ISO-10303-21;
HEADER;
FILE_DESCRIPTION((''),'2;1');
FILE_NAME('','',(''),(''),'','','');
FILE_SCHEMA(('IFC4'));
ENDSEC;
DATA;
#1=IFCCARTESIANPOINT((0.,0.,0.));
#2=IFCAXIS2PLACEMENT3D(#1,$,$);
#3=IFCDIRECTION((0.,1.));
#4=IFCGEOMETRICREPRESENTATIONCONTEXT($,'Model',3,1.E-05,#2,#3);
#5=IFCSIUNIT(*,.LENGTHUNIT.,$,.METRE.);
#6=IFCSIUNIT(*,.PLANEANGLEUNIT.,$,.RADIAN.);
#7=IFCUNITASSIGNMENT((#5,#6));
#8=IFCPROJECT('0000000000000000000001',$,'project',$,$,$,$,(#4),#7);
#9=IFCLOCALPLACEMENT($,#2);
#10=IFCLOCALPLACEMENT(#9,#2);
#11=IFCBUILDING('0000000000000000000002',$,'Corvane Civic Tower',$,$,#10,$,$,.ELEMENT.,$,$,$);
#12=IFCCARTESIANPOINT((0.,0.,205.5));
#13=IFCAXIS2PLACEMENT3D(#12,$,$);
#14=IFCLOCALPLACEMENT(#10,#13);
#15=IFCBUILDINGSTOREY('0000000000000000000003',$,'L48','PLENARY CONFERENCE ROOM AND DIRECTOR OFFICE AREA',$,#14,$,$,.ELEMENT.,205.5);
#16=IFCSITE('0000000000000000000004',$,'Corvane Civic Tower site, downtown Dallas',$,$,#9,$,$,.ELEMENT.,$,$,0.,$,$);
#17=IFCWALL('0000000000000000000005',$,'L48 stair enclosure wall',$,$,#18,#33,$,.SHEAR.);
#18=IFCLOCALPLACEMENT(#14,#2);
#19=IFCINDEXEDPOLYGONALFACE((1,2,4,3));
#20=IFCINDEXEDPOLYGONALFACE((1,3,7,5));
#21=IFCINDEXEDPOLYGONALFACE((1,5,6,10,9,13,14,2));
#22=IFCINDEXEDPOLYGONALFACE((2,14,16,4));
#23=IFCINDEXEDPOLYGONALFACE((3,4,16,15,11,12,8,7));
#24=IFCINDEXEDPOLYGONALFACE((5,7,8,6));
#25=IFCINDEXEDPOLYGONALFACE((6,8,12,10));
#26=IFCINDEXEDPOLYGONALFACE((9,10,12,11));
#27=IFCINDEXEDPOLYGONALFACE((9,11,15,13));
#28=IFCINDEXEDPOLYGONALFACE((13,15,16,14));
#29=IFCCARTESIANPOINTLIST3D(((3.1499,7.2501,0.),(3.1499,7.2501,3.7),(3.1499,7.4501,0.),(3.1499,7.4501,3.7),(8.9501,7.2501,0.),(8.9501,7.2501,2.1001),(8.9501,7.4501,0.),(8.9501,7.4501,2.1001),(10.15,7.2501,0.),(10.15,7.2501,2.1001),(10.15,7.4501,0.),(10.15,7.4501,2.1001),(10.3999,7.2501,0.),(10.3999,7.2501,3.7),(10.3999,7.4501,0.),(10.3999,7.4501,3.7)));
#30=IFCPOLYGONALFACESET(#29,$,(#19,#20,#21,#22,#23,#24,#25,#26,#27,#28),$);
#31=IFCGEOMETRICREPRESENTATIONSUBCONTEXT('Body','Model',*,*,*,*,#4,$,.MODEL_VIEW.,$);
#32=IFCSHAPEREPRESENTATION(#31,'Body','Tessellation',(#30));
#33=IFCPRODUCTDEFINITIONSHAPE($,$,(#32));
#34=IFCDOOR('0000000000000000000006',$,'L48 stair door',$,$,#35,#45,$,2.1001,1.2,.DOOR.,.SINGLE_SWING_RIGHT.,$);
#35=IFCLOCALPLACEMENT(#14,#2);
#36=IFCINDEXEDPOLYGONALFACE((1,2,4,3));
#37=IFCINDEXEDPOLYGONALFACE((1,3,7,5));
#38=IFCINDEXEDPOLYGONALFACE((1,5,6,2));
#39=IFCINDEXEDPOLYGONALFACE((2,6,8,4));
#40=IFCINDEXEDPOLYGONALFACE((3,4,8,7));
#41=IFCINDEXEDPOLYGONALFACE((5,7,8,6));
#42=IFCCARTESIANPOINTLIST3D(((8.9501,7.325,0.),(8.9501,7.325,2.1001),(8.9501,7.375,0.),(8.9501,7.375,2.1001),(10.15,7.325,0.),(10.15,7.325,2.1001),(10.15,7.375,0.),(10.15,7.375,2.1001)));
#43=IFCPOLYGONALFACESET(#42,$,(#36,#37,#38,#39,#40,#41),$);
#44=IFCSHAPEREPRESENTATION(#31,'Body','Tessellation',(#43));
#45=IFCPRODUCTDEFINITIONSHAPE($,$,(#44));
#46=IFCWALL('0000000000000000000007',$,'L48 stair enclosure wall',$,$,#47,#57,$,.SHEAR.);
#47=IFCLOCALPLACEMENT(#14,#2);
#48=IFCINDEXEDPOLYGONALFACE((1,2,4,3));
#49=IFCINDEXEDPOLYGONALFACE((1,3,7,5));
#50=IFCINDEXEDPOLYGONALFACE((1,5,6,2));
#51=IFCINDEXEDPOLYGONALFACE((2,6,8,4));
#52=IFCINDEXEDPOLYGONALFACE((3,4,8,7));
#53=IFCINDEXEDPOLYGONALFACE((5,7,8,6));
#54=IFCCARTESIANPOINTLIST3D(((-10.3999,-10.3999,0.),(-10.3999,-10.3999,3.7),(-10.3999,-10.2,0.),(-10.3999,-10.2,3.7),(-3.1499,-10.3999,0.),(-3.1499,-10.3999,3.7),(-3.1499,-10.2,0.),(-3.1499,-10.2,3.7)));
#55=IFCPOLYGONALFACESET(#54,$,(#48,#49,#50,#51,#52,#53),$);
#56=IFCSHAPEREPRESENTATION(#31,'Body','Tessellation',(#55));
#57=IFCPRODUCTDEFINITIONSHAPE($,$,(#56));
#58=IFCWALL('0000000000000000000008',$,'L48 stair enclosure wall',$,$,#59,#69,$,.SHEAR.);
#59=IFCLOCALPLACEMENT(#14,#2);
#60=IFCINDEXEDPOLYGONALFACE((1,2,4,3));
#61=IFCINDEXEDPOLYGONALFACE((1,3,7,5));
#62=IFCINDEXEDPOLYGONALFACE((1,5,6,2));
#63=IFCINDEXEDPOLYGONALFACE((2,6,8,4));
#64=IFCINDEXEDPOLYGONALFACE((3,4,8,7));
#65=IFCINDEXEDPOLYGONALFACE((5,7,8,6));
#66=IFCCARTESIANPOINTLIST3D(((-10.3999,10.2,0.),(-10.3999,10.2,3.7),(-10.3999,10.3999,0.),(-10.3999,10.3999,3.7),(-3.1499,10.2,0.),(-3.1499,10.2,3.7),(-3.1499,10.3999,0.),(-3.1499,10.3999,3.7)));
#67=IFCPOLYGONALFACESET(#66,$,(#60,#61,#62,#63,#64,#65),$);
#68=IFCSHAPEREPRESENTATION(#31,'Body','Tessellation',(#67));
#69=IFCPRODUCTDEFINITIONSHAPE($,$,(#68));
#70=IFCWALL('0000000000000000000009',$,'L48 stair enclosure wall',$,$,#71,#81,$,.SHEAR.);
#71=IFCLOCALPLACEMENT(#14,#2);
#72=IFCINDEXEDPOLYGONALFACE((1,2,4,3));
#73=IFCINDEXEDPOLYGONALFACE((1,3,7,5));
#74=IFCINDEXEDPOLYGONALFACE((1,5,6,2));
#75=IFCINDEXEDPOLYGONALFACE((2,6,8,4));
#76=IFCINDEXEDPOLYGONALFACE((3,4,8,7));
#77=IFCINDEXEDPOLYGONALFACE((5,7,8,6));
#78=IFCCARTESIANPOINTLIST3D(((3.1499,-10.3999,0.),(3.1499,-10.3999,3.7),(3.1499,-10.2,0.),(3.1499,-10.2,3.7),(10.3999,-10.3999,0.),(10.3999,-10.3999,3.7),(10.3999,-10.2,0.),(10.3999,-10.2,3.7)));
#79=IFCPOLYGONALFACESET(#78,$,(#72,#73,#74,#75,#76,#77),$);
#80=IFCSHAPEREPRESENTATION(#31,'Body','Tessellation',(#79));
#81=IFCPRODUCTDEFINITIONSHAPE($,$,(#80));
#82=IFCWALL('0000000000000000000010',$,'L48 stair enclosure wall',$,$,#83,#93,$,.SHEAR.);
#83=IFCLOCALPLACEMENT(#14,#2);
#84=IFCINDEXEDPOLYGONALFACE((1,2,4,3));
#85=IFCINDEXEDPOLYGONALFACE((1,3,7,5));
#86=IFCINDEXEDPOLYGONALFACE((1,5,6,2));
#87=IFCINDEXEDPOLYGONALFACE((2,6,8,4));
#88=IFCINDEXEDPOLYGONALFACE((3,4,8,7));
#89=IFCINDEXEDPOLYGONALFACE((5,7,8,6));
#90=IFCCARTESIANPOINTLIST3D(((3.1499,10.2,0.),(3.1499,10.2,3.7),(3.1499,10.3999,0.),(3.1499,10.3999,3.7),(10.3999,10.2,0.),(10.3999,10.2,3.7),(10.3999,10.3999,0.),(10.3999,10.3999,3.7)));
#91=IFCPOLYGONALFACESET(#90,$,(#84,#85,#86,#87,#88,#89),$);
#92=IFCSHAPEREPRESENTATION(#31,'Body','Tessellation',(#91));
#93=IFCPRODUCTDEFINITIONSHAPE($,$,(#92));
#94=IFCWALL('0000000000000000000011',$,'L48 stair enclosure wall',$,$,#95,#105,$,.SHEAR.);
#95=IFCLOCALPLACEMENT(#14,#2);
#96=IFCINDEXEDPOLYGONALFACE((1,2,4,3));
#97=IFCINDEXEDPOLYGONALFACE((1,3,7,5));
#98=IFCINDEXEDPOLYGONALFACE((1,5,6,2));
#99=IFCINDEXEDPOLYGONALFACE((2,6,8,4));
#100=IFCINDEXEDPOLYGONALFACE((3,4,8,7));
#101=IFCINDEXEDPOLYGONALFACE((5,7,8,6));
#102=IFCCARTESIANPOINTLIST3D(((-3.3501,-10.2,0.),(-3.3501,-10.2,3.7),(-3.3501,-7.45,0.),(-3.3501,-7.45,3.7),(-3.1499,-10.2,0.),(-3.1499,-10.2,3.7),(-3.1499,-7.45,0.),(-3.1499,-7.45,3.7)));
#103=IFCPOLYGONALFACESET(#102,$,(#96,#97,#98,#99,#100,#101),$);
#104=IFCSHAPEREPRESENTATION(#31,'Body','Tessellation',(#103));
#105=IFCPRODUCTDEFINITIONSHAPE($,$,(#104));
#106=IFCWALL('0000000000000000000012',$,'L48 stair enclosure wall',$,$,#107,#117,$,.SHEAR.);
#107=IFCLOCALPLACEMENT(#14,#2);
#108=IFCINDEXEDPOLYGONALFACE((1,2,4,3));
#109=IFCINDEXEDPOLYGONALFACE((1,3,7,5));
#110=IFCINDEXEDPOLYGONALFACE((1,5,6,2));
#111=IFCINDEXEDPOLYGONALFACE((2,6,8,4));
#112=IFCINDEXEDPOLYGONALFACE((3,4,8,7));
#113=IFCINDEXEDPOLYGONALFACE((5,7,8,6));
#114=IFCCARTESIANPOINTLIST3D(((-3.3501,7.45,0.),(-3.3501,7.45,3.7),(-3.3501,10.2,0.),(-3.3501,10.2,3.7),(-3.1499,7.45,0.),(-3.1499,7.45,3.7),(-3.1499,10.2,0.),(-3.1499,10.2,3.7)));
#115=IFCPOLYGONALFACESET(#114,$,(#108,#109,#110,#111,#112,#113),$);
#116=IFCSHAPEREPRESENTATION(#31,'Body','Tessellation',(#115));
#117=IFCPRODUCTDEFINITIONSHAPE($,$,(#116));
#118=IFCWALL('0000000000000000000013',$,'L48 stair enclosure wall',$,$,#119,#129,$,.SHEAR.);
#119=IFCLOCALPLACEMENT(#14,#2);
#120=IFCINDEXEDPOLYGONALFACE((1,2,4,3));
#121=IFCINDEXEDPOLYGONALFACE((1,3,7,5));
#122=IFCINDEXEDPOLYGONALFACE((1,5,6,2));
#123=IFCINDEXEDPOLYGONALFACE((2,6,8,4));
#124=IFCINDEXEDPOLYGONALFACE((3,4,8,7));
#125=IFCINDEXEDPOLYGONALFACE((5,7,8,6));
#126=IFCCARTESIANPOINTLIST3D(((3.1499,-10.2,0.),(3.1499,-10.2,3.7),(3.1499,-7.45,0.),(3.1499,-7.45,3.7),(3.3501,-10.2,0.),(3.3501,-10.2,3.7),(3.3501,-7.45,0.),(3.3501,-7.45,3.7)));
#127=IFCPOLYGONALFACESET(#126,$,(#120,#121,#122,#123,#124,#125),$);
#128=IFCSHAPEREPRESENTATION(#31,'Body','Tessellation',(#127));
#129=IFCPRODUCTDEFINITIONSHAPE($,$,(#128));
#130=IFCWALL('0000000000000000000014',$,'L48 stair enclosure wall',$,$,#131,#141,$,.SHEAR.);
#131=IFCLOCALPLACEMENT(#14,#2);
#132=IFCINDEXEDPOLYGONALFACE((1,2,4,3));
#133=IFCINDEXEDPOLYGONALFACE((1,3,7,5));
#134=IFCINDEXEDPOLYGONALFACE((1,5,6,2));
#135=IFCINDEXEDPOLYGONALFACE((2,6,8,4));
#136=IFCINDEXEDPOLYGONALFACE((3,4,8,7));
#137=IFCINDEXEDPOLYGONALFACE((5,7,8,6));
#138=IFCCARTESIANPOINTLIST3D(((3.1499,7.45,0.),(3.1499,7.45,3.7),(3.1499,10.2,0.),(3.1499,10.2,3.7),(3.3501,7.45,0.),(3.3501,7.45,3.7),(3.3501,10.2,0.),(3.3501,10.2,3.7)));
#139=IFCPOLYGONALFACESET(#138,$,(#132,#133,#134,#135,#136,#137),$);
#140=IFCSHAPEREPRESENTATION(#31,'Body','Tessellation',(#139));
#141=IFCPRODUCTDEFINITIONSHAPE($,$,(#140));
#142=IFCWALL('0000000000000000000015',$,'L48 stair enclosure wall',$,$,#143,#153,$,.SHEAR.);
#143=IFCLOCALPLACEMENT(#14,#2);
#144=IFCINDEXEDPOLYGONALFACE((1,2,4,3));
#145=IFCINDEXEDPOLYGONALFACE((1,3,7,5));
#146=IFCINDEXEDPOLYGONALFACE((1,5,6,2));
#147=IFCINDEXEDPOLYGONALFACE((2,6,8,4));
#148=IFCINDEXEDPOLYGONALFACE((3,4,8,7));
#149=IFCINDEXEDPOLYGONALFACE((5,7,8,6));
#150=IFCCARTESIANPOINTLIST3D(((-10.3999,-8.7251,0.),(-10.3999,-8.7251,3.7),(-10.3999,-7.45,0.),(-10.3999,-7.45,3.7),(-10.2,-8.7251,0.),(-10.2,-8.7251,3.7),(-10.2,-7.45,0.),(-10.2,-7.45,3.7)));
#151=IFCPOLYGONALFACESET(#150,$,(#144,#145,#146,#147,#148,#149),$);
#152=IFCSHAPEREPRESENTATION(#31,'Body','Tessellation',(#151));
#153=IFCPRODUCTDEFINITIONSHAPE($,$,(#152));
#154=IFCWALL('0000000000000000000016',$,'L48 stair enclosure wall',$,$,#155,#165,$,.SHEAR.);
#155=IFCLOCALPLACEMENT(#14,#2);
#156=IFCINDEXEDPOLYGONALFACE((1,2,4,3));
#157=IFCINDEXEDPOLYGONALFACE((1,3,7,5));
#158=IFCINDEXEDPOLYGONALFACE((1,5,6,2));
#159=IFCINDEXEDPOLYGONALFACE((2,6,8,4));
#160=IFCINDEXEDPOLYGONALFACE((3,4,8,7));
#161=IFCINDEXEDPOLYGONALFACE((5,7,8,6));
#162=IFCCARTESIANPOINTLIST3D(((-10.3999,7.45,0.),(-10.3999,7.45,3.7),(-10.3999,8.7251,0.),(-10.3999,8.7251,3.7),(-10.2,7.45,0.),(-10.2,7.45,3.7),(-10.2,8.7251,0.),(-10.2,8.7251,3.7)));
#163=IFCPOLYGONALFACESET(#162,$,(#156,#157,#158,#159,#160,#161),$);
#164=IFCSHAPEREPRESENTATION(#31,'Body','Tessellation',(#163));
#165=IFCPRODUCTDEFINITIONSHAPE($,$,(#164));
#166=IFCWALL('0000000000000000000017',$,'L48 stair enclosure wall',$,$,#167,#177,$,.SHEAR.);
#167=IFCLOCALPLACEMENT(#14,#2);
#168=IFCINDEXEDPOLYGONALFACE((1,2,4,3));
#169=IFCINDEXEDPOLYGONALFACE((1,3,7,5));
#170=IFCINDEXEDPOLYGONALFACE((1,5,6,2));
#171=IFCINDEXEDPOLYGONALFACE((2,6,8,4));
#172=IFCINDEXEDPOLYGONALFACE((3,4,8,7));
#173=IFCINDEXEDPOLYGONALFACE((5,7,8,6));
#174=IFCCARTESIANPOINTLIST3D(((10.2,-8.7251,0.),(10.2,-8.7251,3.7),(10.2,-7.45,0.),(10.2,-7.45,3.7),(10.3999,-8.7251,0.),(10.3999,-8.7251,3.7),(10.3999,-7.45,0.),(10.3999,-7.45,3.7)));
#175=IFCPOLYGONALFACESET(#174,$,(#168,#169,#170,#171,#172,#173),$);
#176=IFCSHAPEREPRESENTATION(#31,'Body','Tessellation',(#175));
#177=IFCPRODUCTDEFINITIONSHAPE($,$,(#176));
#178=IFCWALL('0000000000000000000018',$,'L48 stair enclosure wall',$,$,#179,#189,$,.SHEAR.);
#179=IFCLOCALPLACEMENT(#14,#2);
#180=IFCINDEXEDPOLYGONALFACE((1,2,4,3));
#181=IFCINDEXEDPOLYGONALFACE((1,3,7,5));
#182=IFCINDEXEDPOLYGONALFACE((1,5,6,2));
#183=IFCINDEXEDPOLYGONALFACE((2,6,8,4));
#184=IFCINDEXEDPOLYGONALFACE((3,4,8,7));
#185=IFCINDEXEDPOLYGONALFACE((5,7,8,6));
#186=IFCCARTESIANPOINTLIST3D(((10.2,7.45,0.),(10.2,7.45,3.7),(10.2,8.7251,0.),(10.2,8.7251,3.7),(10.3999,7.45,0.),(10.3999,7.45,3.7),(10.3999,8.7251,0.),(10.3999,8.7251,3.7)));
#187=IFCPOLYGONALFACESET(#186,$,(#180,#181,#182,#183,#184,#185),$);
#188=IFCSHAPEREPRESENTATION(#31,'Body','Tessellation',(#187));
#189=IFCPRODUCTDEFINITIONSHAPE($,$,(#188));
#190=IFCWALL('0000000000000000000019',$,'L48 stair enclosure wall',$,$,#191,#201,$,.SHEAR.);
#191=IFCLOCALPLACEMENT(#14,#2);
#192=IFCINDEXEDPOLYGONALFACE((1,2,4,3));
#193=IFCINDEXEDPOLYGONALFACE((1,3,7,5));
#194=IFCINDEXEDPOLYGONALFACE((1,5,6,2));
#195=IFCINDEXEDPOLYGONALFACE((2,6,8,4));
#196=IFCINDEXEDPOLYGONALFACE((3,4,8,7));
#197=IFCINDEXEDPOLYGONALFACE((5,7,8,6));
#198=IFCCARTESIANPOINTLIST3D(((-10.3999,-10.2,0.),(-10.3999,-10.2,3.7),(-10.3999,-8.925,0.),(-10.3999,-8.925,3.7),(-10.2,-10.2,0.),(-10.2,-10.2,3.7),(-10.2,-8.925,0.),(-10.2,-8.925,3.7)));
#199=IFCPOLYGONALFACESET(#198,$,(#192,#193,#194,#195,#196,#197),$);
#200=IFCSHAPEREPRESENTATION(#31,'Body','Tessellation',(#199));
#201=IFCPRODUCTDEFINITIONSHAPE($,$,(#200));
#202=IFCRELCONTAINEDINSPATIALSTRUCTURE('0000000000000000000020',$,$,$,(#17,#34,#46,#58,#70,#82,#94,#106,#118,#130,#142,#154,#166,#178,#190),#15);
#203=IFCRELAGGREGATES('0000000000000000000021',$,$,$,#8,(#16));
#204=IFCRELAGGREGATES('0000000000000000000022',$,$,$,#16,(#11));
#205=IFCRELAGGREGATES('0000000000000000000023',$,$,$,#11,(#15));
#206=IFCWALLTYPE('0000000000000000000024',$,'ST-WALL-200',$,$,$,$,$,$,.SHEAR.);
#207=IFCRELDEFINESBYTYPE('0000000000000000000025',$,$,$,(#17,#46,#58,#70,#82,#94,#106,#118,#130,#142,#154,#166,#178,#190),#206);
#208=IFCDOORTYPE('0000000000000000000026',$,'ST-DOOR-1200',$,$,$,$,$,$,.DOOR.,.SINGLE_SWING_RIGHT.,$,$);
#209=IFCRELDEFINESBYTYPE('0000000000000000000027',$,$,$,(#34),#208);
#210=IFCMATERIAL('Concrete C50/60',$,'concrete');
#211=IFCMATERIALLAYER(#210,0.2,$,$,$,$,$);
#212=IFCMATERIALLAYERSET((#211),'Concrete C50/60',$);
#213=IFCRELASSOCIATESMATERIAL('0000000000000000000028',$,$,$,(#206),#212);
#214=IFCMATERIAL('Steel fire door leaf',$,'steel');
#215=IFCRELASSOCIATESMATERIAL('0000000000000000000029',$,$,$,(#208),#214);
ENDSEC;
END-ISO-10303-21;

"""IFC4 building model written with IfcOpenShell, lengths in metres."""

from ifc_helpers import new_model, si_unit, direction, frame, frame_2d, origin, place, context, subcontext, project, spatial, polyline, rectangle, outline, extrude, material, layer, layer_set, type_object, element, fill, save


model = new_model("IFC4")

# Units and contexts
model_context = context("Model", 3, precision=1e-05, world=origin(), true_north=direction((0.0, 1.0)))
body_context = subcontext(model_context, "Body", "Model", "MODEL_VIEW")
ifc_project = project(units=[si_unit("LENGTHUNIT", "METRE"), si_unit("PLANEANGLEUNIT", "RADIAN")], contexts=[model_context])

# Site, building, storey
site_placement = place(None, origin())
site = spatial("IfcSite", under=ifc_project, at=site_placement, Name="Corvane Civic Tower site, downtown Dallas", CompositionType="ELEMENT", RefElevation=0.0)
building_placement = place(site_placement, origin())
building = spatial("IfcBuilding", under=site, at=building_placement, Name="Corvane Civic Tower", CompositionType="ELEMENT")
storey_placement = place(building_placement, frame((0.0, 0.0, 205.5)))
storey = spatial("IfcBuildingStorey", under=building, at=storey_placement, Name="L48", Description="PLENARY CONFERENCE ROOM AND DIRECTOR OFFICE AREA", CompositionType="ELEMENT", Elevation=205.5)

# Wall, opening, door
ifc_material_1 = material(Name="Concrete C50/60", Category="concrete")
ifc_layer_1 = layer(ifc_material_1, 0.2)
ifc_layer_set_1 = layer_set([ifc_layer_1], Name="Concrete C50/60")
wall_type_1 = type_object("IfcWallType", Name="ST-WALL-200", PredefinedType="SHEAR", material=ifc_layer_set_1)
wall_1_placement = place(storey_placement, frame((3.1499, 7.3501, 0.0), z_axis=(0.0, 0.0, 1.0), x_axis=(1.0, 0.0, 0.0)))
wall_1 = element("IfcWall", 1, at=wall_1_placement, inside=storey, type_object=wall_type_1, Name="L48 stair enclosure wall", PredefinedType="SHEAR", context=body_context, shape_type="SweptSolid", body=[
    extrude(rectangle(XDim=7.25, YDim=0.2, at=frame_2d((3.625, 0.0))), origin(), (0.0, 0.0, 1.0), 3.7),
])
opening_1_placement = place(wall_1_placement, frame((5.8, 0.0, 0.0)))
opening_1 = element("IfcOpeningElement", 2, at=opening_1_placement, cuts=wall_1, PredefinedType="OPENING", context=body_context, shape_type="SweptSolid", body=[
    extrude(rectangle(XDim=1.2, YDim=2.1001, at=frame_2d((0.6001, 1.05))), frame((0.0, 0.1099, 0.0), z_axis=(0.0, -1.0, 0.0), x_axis=(1.0, 0.0, 0.0)), (0.0, 0.0, 1.0), 0.22),
])
ifc_material_2 = material(Name="Steel fire door leaf", Category="steel")
door_type_1 = type_object("IfcDoorType", Name="ST-DOOR-1200", OperationType="SINGLE_SWING_RIGHT", PredefinedType="DOOR", material=ifc_material_2)
door_1_placement = place(opening_1_placement, origin())
door_1 = element("IfcDoor", 3, at=door_1_placement, inside=storey, type_object=door_type_1, Name="L48 stair door", OperationType="SINGLE_SWING_RIGHT", OverallHeight=2.1001, OverallWidth=1.2, PredefinedType="DOOR", context=body_context, shape_type="SweptSolid", body=[
    extrude(rectangle(XDim=1.2, YDim=2.1001, at=frame_2d((0.6001, 1.05))), frame((0.0, 0.0249, 0.0), z_axis=(0.0, -1.0, 0.0), x_axis=(1.0, 0.0, 0.0)), (0.0, 0.0, 1.0), 0.05),
])
fill(opening_1, door_1)

# Walls
wall_2_placement = place(storey_placement, origin())
element("IfcWall", 4, at=wall_2_placement, inside=storey, type_object=wall_type_1, Name="L48 stair enclosure wall", PredefinedType="SHEAR", context=body_context, shape_type="SweptSolid", body=[
    extrude(outline(polyline([(-3.1499, -10.2), (-3.1499, -10.3999), (-10.3999, -10.3999), (-10.3999, -10.2), (-3.1499, -10.2)])), origin(), (0.0, 0.0, 1.0), 3.7),
])
wall_3_placement = place(storey_placement, origin())
element("IfcWall", 5, at=wall_3_placement, inside=storey, type_object=wall_type_1, Name="L48 stair enclosure wall", PredefinedType="SHEAR", context=body_context, shape_type="SweptSolid", body=[
    extrude(outline(polyline([(-3.1499, 10.2), (-10.3999, 10.2), (-10.3999, 10.3999), (-3.1499, 10.3999), (-3.1499, 10.2)])), origin(), (0.0, 0.0, 1.0), 3.7),
])
wall_4_placement = place(storey_placement, origin())
element("IfcWall", 6, at=wall_4_placement, inside=storey, type_object=wall_type_1, Name="L48 stair enclosure wall", PredefinedType="SHEAR", context=body_context, shape_type="SweptSolid", body=[
    extrude(outline(polyline([(10.3999, -10.3999), (3.1499, -10.3999), (3.1499, -10.2), (10.3999, -10.2), (10.3999, -10.3999)])), origin(), (0.0, 0.0, 1.0), 3.7),
])
wall_5_placement = place(storey_placement, origin())
element("IfcWall", 7, at=wall_5_placement, inside=storey, type_object=wall_type_1, Name="L48 stair enclosure wall", PredefinedType="SHEAR", context=body_context, shape_type="SweptSolid", body=[
    extrude(outline(polyline([(10.3999, 10.2), (3.1499, 10.2), (3.1499, 10.3999), (10.3999, 10.3999), (10.3999, 10.2)])), origin(), (0.0, 0.0, 1.0), 3.7),
])
wall_6_placement = place(storey_placement, origin())
element("IfcWall", 8, at=wall_6_placement, inside=storey, type_object=wall_type_1, Name="L48 stair enclosure wall", PredefinedType="SHEAR", context=body_context, shape_type="SweptSolid", body=[
    extrude(outline(polyline([(-3.1499, -7.45), (-3.1499, -10.2), (-3.3501, -10.2), (-3.3501, -7.45), (-3.1499, -7.45)])), origin(), (0.0, 0.0, 1.0), 3.7),
])
wall_7_placement = place(storey_placement, origin())
element("IfcWall", 9, at=wall_7_placement, inside=storey, type_object=wall_type_1, Name="L48 stair enclosure wall", PredefinedType="SHEAR", context=body_context, shape_type="SweptSolid", body=[
    extrude(outline(polyline([(-3.1499, 7.45), (-3.3501, 7.45), (-3.3501, 10.2), (-3.1499, 10.2), (-3.1499, 7.45)])), origin(), (0.0, 0.0, 1.0), 3.7),
])
wall_8_placement = place(storey_placement, origin())
element("IfcWall", 10, at=wall_8_placement, inside=storey, type_object=wall_type_1, Name="L48 stair enclosure wall", PredefinedType="SHEAR", context=body_context, shape_type="SweptSolid", body=[
    extrude(outline(polyline([(3.3501, -7.45), (3.3501, -10.2), (3.1499, -10.2), (3.1499, -7.45), (3.3501, -7.45)])), origin(), (0.0, 0.0, 1.0), 3.7),
])
wall_9_placement = place(storey_placement, origin())
element("IfcWall", 11, at=wall_9_placement, inside=storey, type_object=wall_type_1, Name="L48 stair enclosure wall", PredefinedType="SHEAR", context=body_context, shape_type="SweptSolid", body=[
    extrude(outline(polyline([(3.3501, 7.45), (3.1499, 7.45), (3.1499, 10.2), (3.3501, 10.2), (3.3501, 7.45)])), origin(), (0.0, 0.0, 1.0), 3.7),
])
wall_10_placement = place(storey_placement, origin())
element("IfcWall", 12, at=wall_10_placement, inside=storey, type_object=wall_type_1, Name="L48 stair enclosure wall", PredefinedType="SHEAR", context=body_context, shape_type="SweptSolid", body=[
    extrude(outline(polyline([(-10.2, -7.45), (-10.2, -8.7251), (-10.3999, -8.7251), (-10.3999, -7.45), (-10.2, -7.45)])), origin(), (0.0, 0.0, 1.0), 3.7),
])
wall_11_placement = place(storey_placement, origin())
element("IfcWall", 13, at=wall_11_placement, inside=storey, type_object=wall_type_1, Name="L48 stair enclosure wall", PredefinedType="SHEAR", context=body_context, shape_type="SweptSolid", body=[
    extrude(outline(polyline([(-10.2, 8.7251), (-10.2, 7.45), (-10.3999, 7.45), (-10.3999, 8.7251), (-10.2, 8.7251)])), origin(), (0.0, 0.0, 1.0), 3.7),
])
wall_12_placement = place(storey_placement, origin())
element("IfcWall", 14, at=wall_12_placement, inside=storey, type_object=wall_type_1, Name="L48 stair enclosure wall", PredefinedType="SHEAR", context=body_context, shape_type="SweptSolid", body=[
    extrude(outline(polyline([(10.3999, -7.45), (10.3999, -8.7251), (10.2, -8.7251), (10.2, -7.45), (10.3999, -7.45)])), origin(), (0.0, 0.0, 1.0), 3.7),
])
wall_13_placement = place(storey_placement, origin())
element("IfcWall", 15, at=wall_13_placement, inside=storey, type_object=wall_type_1, Name="L48 stair enclosure wall", PredefinedType="SHEAR", context=body_context, shape_type="SweptSolid", body=[
    extrude(outline(polyline([(10.3999, 8.7251), (10.3999, 7.45), (10.2, 7.45), (10.2, 8.7251), (10.3999, 8.7251)])), origin(), (0.0, 0.0, 1.0), 3.7),
])
wall_14_placement = place(storey_placement, origin())
element("IfcWall", 16, at=wall_14_placement, inside=storey, type_object=wall_type_1, Name="L48 stair enclosure wall", PredefinedType="SHEAR", context=body_context, shape_type="SweptSolid", body=[
    extrude(outline(polyline([(-10.2, -8.925), (-10.2, -10.2), (-10.3999, -10.2), (-10.3999, -8.925), (-10.2, -8.925)])), origin(), (0.0, 0.0, 1.0), 3.7),
])

save(model, "model.ifc")
